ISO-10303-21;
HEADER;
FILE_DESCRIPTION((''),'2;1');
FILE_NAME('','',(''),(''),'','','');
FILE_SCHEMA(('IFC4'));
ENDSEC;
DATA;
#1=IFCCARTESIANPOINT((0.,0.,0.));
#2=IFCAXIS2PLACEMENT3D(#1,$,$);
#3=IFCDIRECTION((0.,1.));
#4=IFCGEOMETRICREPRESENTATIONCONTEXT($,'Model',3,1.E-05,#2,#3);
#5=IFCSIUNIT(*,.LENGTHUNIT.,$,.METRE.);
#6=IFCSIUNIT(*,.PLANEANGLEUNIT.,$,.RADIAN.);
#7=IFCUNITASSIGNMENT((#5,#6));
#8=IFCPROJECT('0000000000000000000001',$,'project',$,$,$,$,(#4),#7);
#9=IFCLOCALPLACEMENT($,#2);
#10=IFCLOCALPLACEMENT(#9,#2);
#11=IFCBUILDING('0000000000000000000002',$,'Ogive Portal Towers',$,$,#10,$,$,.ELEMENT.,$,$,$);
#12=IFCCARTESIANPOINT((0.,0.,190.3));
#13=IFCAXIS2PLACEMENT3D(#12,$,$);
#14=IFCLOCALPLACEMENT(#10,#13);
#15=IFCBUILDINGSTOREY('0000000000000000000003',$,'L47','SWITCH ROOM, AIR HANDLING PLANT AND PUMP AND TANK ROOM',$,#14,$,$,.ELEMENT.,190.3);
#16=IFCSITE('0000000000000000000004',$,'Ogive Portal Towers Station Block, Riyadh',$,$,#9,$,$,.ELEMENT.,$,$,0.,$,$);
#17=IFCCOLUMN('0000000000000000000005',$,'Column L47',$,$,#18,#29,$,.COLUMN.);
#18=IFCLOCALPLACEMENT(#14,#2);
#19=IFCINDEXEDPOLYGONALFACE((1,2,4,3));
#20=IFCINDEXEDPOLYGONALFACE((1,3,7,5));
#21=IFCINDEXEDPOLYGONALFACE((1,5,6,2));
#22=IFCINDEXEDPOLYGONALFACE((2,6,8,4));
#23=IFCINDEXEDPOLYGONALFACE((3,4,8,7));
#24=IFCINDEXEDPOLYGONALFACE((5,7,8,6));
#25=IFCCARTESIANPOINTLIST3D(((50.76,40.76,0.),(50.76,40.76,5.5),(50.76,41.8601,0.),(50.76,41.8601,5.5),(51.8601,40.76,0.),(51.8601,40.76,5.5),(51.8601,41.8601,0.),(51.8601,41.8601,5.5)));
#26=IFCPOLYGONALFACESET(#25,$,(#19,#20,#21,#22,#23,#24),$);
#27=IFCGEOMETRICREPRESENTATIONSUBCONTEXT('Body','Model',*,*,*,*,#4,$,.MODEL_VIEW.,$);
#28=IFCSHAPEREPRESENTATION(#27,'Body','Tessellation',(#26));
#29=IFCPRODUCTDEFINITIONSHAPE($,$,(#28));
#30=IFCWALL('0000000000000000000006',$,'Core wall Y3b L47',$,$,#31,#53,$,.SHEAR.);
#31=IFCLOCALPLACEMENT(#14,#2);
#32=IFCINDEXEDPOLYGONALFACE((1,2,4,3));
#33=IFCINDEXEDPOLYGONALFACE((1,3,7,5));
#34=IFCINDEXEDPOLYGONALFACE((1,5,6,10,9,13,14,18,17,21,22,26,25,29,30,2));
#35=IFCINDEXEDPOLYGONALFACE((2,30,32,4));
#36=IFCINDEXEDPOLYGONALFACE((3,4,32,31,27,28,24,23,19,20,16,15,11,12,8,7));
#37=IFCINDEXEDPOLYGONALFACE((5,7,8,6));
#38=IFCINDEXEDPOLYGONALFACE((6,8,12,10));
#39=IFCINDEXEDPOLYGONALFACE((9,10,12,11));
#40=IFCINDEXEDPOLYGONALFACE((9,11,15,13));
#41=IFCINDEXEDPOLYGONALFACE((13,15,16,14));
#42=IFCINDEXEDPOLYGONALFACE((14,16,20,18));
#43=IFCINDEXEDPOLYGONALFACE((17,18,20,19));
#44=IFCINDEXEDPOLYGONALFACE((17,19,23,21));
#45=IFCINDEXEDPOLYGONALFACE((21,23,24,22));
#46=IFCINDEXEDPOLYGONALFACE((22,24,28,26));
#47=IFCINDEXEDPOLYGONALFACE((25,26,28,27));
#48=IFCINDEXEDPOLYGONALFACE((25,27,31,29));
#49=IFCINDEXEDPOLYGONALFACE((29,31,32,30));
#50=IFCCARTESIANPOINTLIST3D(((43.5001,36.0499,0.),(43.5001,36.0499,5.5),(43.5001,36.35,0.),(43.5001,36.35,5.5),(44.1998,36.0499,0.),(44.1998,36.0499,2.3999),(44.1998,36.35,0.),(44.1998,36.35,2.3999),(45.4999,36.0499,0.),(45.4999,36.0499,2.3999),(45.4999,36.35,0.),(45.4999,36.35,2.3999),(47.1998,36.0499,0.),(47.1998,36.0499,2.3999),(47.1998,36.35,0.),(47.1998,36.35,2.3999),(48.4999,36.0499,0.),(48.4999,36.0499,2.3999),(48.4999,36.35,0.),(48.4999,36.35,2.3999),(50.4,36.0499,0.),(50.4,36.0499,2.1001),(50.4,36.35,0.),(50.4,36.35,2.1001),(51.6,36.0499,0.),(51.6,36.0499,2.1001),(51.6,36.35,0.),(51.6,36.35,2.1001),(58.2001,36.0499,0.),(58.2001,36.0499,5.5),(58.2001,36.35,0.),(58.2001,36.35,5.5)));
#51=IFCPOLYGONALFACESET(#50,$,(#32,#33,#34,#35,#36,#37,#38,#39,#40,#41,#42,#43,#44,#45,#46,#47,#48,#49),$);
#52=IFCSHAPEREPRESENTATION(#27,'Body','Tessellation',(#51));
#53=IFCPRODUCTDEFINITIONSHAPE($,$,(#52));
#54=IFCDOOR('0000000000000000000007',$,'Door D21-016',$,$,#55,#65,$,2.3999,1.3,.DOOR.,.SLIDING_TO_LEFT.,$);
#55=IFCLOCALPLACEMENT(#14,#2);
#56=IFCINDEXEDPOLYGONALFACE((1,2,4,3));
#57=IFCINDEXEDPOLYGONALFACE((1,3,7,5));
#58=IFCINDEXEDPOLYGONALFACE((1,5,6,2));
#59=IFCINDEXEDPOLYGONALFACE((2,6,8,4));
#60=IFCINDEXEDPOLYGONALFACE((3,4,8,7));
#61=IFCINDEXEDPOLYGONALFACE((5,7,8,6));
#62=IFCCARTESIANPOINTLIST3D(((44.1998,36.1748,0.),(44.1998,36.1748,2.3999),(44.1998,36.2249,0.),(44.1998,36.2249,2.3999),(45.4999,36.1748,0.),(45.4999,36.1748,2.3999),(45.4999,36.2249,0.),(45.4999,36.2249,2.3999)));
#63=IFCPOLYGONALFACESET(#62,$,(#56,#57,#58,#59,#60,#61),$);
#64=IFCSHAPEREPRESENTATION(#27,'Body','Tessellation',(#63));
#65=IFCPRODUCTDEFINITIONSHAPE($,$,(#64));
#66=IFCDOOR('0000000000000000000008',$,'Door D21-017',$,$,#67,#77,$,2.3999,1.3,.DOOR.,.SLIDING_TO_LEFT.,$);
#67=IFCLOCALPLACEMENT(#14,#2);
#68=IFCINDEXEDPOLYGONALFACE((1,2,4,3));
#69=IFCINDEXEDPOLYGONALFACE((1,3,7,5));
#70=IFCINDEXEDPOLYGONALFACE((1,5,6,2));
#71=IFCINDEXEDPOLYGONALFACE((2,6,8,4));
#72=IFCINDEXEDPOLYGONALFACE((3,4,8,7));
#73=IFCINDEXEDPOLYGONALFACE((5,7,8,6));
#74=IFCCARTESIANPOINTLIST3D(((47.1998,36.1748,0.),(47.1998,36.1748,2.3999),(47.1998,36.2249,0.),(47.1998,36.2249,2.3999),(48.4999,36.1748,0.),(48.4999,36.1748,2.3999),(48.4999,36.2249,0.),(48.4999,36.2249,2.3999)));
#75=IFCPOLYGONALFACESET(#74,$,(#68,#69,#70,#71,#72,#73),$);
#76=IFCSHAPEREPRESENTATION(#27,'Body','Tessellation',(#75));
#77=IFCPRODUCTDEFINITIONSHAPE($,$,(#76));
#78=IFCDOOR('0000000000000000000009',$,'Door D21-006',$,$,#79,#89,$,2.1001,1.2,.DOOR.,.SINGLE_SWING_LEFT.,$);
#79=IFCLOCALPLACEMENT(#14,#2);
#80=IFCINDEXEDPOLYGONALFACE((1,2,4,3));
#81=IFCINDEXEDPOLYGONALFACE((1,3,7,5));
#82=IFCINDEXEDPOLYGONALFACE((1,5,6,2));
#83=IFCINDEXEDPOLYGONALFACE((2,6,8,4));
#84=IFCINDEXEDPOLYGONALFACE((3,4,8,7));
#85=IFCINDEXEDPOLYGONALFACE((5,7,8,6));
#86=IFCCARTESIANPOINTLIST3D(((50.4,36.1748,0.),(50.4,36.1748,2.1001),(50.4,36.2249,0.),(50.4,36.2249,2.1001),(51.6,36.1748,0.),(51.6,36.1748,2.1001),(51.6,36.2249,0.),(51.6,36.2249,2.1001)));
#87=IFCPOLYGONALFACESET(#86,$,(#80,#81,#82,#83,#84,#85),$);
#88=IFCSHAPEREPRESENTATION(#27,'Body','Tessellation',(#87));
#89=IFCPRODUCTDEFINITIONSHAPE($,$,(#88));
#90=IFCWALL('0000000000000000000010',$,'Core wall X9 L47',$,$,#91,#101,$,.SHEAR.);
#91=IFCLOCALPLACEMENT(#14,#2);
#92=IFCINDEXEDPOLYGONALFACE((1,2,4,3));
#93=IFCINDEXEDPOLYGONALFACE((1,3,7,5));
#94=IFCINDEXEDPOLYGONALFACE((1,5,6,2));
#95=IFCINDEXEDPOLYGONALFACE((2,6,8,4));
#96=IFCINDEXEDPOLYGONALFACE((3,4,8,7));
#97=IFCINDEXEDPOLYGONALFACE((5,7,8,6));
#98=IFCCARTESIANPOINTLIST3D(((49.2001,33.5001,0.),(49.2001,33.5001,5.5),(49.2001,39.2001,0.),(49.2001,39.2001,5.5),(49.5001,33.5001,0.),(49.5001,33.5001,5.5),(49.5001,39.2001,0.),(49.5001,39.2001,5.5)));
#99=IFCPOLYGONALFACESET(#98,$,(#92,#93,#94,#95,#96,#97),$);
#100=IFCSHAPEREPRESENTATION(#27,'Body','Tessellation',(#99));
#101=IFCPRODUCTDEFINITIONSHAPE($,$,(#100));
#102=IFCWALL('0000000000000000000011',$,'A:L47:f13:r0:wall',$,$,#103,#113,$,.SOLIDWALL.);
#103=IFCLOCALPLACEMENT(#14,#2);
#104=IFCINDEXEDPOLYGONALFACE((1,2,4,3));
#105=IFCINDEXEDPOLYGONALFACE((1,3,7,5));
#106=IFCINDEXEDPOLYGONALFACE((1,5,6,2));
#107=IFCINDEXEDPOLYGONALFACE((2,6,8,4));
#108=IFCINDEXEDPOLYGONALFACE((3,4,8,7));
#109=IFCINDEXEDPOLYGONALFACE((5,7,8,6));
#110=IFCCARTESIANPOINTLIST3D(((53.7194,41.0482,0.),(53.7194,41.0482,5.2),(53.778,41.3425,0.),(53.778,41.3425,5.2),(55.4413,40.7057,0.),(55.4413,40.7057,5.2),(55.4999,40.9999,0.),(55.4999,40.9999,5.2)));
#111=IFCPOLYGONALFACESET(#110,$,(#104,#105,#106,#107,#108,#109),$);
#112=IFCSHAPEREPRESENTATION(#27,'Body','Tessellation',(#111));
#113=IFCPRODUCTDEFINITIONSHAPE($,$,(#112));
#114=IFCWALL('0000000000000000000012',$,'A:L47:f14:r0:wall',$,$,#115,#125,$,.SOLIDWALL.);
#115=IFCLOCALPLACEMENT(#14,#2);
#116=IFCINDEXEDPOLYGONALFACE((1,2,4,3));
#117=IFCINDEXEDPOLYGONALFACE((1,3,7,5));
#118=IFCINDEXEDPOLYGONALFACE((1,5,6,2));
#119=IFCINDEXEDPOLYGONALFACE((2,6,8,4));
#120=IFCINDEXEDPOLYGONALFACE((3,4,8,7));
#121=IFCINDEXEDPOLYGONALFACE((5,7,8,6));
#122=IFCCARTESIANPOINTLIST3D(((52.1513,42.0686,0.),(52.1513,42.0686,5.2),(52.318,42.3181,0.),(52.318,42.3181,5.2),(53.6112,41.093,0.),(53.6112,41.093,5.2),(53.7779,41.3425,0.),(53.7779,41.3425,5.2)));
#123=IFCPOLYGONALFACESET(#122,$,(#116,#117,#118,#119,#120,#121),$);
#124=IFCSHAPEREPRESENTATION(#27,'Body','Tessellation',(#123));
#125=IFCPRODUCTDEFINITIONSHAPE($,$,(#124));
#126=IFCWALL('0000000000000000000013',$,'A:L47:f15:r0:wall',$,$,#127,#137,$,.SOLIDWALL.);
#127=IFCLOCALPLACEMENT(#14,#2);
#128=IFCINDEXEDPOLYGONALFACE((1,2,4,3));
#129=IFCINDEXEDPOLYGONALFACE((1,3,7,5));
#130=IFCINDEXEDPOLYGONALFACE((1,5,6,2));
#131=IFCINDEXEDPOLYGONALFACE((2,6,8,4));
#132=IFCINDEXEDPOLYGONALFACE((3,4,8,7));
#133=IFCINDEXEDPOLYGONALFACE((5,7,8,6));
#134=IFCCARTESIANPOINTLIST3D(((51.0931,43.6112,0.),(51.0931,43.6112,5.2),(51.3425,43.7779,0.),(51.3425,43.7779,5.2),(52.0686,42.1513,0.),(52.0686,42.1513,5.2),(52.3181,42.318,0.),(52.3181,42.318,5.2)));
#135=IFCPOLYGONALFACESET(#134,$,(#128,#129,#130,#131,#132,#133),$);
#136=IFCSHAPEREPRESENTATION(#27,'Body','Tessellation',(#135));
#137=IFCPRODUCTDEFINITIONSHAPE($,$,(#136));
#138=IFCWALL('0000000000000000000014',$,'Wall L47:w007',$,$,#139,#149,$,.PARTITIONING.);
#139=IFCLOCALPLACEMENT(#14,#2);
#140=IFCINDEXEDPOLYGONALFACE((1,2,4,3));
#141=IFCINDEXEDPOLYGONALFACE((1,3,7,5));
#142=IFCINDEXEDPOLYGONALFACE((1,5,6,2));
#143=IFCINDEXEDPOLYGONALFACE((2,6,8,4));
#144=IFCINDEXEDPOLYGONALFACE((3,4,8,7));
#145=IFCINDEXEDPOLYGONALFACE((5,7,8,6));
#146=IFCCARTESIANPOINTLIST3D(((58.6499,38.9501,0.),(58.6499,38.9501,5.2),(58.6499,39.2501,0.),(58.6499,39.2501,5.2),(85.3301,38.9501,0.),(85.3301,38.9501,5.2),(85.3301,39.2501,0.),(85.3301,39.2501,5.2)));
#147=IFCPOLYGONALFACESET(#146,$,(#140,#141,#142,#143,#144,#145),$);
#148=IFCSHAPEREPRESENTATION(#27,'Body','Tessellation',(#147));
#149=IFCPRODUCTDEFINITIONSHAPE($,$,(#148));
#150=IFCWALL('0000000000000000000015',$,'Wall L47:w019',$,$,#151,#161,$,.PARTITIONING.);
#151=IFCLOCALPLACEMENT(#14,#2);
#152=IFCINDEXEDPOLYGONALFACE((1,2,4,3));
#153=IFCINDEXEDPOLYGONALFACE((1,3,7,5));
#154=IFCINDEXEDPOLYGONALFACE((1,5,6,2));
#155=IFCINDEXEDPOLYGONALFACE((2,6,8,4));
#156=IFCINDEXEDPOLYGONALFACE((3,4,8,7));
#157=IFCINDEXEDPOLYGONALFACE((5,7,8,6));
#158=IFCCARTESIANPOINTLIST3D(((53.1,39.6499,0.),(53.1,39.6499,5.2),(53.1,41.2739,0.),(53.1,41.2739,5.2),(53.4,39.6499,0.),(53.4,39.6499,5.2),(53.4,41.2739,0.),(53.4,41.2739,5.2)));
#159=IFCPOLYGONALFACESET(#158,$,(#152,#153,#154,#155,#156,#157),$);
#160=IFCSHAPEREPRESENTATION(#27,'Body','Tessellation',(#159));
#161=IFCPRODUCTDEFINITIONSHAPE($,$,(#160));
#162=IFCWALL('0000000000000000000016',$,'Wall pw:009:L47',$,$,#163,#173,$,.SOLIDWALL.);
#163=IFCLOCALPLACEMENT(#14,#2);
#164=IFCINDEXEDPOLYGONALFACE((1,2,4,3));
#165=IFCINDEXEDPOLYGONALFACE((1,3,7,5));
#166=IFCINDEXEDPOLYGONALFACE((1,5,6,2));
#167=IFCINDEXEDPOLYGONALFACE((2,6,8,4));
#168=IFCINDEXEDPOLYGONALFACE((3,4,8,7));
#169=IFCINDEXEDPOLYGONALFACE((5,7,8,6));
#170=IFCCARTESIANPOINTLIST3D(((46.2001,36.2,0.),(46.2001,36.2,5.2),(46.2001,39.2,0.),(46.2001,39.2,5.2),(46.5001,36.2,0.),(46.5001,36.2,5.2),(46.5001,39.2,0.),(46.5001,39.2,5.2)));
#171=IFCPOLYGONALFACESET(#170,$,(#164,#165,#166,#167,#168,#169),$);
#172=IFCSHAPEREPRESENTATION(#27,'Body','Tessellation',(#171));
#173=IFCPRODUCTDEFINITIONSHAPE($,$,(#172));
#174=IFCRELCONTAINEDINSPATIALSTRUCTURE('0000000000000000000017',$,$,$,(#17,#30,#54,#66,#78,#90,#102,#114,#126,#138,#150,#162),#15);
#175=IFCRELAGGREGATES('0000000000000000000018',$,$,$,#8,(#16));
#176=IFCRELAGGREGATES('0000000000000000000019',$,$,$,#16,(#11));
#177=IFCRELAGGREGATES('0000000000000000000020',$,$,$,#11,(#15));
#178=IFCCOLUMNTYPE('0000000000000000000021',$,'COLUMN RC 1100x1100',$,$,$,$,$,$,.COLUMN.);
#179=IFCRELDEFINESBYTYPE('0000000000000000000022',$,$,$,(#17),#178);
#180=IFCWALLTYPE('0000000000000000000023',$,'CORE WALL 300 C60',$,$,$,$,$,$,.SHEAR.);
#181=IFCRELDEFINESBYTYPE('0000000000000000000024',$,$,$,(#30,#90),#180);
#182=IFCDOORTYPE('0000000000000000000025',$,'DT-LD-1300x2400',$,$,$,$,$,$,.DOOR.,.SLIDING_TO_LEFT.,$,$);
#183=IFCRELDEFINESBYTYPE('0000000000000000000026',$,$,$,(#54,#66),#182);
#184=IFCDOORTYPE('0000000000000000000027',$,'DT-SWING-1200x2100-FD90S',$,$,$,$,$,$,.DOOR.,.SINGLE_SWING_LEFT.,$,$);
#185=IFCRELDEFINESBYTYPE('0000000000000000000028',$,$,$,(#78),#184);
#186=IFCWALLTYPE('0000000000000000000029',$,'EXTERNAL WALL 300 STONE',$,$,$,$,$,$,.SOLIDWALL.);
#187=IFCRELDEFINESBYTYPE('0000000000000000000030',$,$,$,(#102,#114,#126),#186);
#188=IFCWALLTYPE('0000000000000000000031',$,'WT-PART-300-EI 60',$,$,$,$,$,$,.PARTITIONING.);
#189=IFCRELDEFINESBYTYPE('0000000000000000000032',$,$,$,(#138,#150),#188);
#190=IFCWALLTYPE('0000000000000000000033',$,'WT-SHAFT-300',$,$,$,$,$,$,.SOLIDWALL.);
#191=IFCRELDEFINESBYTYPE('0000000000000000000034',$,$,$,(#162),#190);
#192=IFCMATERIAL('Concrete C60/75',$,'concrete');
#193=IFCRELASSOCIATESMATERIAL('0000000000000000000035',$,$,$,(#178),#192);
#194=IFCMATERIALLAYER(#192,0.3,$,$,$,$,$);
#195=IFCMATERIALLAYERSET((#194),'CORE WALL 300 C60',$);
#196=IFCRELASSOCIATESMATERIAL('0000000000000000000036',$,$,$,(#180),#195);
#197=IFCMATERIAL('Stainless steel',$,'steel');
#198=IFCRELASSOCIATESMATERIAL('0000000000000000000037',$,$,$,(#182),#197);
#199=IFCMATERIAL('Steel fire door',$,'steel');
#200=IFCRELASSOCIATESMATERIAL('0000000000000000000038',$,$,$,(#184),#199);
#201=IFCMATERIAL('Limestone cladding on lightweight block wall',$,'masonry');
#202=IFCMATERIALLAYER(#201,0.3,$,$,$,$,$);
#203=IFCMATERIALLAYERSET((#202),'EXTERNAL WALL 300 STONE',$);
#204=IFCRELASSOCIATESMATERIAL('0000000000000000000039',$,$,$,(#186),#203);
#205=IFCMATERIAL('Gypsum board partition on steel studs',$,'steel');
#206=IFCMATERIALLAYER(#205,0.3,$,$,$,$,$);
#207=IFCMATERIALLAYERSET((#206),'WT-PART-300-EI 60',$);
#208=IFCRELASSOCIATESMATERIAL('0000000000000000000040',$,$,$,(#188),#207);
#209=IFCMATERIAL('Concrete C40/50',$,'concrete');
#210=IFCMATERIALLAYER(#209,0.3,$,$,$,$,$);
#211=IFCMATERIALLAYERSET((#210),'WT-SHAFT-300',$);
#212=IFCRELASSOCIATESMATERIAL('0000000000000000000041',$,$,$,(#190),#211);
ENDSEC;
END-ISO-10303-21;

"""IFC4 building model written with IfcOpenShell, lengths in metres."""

from ifc_helpers import new_model, si_unit, direction, frame, frame_2d, origin, origin_2d, place, context, subcontext, project, spatial, rectangle, extrude, material, layer, layer_set, material_profile, profile_set, type_object, element, fill, save


model = new_model("IFC4")

# Units and contexts
model_context = context("Model", 3, precision=1e-05, world=origin(), true_north=direction((0.0, 1.0)))
body_context = subcontext(model_context, "Body", "Model", "MODEL_VIEW")
ifc_project = project(units=[si_unit("LENGTHUNIT", "METRE"), si_unit("PLANEANGLEUNIT", "RADIAN")], contexts=[model_context])

# Site, building, storey
site_placement = place(None, origin())
site = spatial("IfcSite", under=ifc_project, at=site_placement, Name="Ogive Portal Towers Station Block, Riyadh", CompositionType="ELEMENT", RefElevation=0.0)
building_placement = place(site_placement, origin())
building = spatial("IfcBuilding", under=site, at=building_placement, Name="Ogive Portal Towers", CompositionType="ELEMENT")
storey_placement = place(building_placement, frame((0.0, 0.0, 190.3)))
storey = spatial("IfcBuildingStorey", under=building, at=storey_placement, Name="L47", Description="SWITCH ROOM, AIR HANDLING PLANT AND PUMP AND TANK ROOM", CompositionType="ELEMENT", Elevation=190.3)

# Column
ifc_material_1 = material(Name="Concrete C60/75", Category="concrete")
ifc_material_profile = material_profile(ifc_material_1, rectangle(XDim=1.1001, YDim=1.1001, at=origin_2d()), Name="RC 1100x1100")
ifc_profile_set = profile_set([ifc_material_profile], Name="Concrete C60/75")
column_type = type_object("IfcColumnType", Name="COLUMN RC 1100x1100", PredefinedType="COLUMN", material=ifc_profile_set)
column_placement = place(storey_placement, frame((51.3101, 41.3101, 0.0), z_axis=(0.0, 0.0, 1.0), x_axis=(1.0, 0.0, 0.0)))
element("IfcColumn", 1, at=column_placement, inside=storey, type_object=column_type, Name="Column L47", PredefinedType="COLUMN", context=body_context, shape_type="SweptSolid", body=[
    extrude(rectangle(XDim=1.1001, YDim=1.1001, at=origin_2d()), origin(), (0.0, 0.0, 1.0), 5.5),
])

# Wall, openings, doors
ifc_layer_1 = layer(ifc_material_1, 0.3)
ifc_layer_set_1 = layer_set([ifc_layer_1], Name="CORE WALL 300 C60")
wall_type_1 = type_object("IfcWallType", Name="CORE WALL 300 C60", PredefinedType="SHEAR", material=ifc_layer_set_1)
wall_1_placement = place(storey_placement, frame((43.5, 36.2, 0.0), z_axis=(0.0, 0.0, 1.0), x_axis=(1.0, 0.0, 0.0)))
wall_1 = element("IfcWall", 2, at=wall_1_placement, inside=storey, type_object=wall_type_1, Name="Core wall Y3b L47", PredefinedType="SHEAR", context=body_context, shape_type="SweptSolid", body=[
    extrude(rectangle(XDim=14.7, YDim=0.3, at=frame_2d((7.3501, 0.0))), origin(), (0.0, 0.0, 1.0), 5.5),
])
opening_1_placement = place(wall_1_placement, frame((6.8999, 0.0, 0.0)))
opening_1 = element("IfcOpeningElement", 3, at=opening_1_placement, cuts=wall_1, PredefinedType="OPENING", context=body_context, shape_type="SweptSolid", body=[
    extrude(rectangle(XDim=1.2, YDim=2.1001, at=frame_2d((0.6001, 1.05))), frame((0.0, 0.1602, 0.0), z_axis=(0.0, -1.0, 0.0), x_axis=(1.0, 0.0, 0.0)), (0.0, 0.0, 1.0), 0.3201),
])
opening_2_placement = place(wall_1_placement, frame((0.7, 0.0, 0.0)))
opening_2 = element("IfcOpeningElement", 4, at=opening_2_placement, cuts=wall_1, PredefinedType="OPENING", context=body_context, shape_type="SweptSolid", body=[
    extrude(rectangle(XDim=1.3, YDim=2.3999, at=frame_2d((0.6499, 1.2))), frame((0.0, 0.1602, 0.0), z_axis=(0.0, -1.0, 0.0), x_axis=(1.0, 0.0, 0.0)), (0.0, 0.0, 1.0), 0.3201),
])
opening_3_placement = place(wall_1_placement, frame((3.7, 0.0, 0.0)))
opening_3 = element("IfcOpeningElement", 5, at=opening_3_placement, cuts=wall_1, PredefinedType="OPENING", context=body_context, shape_type="SweptSolid", body=[
    extrude(rectangle(XDim=1.3, YDim=2.3999, at=frame_2d((0.6499, 1.2))), frame((0.0, 0.1602, 0.0), z_axis=(0.0, -1.0, 0.0), x_axis=(1.0, 0.0, 0.0)), (0.0, 0.0, 1.0), 0.3201),
])
ifc_material_2 = material(Name="Stainless steel", Category="steel")
door_type_1 = type_object("IfcDoorType", Name="DT-LD-1300x2400", OperationType="SLIDING_TO_LEFT", PredefinedType="DOOR", material=ifc_material_2)
door_1_placement = place(opening_2_placement, origin())
door_1 = element("IfcDoor", 6, at=door_1_placement, inside=storey, type_object=door_type_1, Name="Door D21-016", OperationType="SLIDING_TO_LEFT", OverallHeight=2.3999, OverallWidth=1.3, PredefinedType="DOOR", context=body_context, shape_type="SweptSolid", body=[
    extrude(rectangle(XDim=1.3, YDim=2.3999, at=frame_2d((0.6499, 1.2))), frame((0.0, 0.0249, 0.0), z_axis=(0.0, -1.0, 0.0), x_axis=(1.0, 0.0, 0.0)), (0.0, 0.0, 1.0), 0.05),
])
fill(opening_2, door_1)
door_2_placement = place(opening_3_placement, origin())
door_2 = element("IfcDoor", 7, at=door_2_placement, inside=storey, type_object=door_type_1, Name="Door D21-017", OperationType="SLIDING_TO_LEFT", OverallHeight=2.3999, OverallWidth=1.3, PredefinedType="DOOR", context=body_context, shape_type="SweptSolid", body=[
    extrude(rectangle(XDim=1.3, YDim=2.3999, at=frame_2d((0.6499, 1.2))), frame((0.0, 0.0249, 0.0), z_axis=(0.0, -1.0, 0.0), x_axis=(1.0, 0.0, 0.0)), (0.0, 0.0, 1.0), 0.05),
])
fill(opening_3, door_2)
ifc_material_3 = material(Name="Steel fire door", Category="steel")
door_type_2 = type_object("IfcDoorType", Name="DT-SWING-1200x2100-FD90S", OperationType="SINGLE_SWING_LEFT", PredefinedType="DOOR", material=ifc_material_3)
door_3_placement = place(opening_1_placement, origin())
door_3 = element("IfcDoor", 8, at=door_3_placement, inside=storey, type_object=door_type_2, Name="Door D21-006", OperationType="SINGLE_SWING_LEFT", OverallHeight=2.1001, OverallWidth=1.2, PredefinedType="DOOR", context=body_context, shape_type="SweptSolid", body=[
    extrude(rectangle(XDim=1.2, YDim=2.1001, at=frame_2d((0.6001, 1.05))), frame((0.0, 0.0249, 0.0), z_axis=(0.0, -1.0, 0.0), x_axis=(1.0, 0.0, 0.0)), (0.0, 0.0, 1.0), 0.05),
])
fill(opening_1, door_3)

# Wall
wall_2_placement = place(storey_placement, frame((49.3501, 33.5, 0.0), z_axis=(0.0, 0.0, 1.0), x_axis=(0.0, 1.0, 0.0)))
element("IfcWall", 9, at=wall_2_placement, inside=storey, type_object=wall_type_1, Name="Core wall X9 L47", PredefinedType="SHEAR", context=body_context, shape_type="SweptSolid", body=[
    extrude(rectangle(XDim=5.7, YDim=0.3, at=frame_2d((2.8501, 0.0))), origin(), (0.0, 0.0, 1.0), 5.5),
])

# Walls
ifc_material_4 = material(Name="Limestone cladding on lightweight block wall", Category="masonry")
ifc_layer_2 = layer(ifc_material_4, 0.3)
ifc_layer_set_2 = layer_set([ifc_layer_2], Name="EXTERNAL WALL 300 STONE")
wall_type_2 = type_object("IfcWallType", Name="EXTERNAL WALL 300 STONE", PredefinedType="SOLIDWALL", material=ifc_layer_set_2)
wall_3_placement = place(storey_placement, frame((55.4707, 40.8528, 0.0), z_axis=(0.0, 0.0, 1.0), x_axis=(-0.980783, 0.1951, 0.0)))
element("IfcWall", 10, at=wall_3_placement, inside=storey, type_object=wall_type_2, Name="A:L47:f13:r0:wall", PredefinedType="SOLIDWALL", context=body_context, shape_type="SweptSolid", body=[
    extrude(rectangle(XDim=1.7556, YDim=0.3, at=frame_2d((0.8779, 0.0))), origin(), (0.0, 0.0, 1.0), 5.2),
])
for number, where, z_axis, x_axis, name in (
    (11, (53.6946, 41.2178, 0.0), (0.0, 0.0, 1.0), (-0.831451, 0.555598, 0.0), "A:L47:f14:r0:wall"),
    (12, (52.1934, 42.2346, 0.0), (0.0, 0.0, 1.0), (-0.555598, 0.831451, 0.0), "A:L47:f15:r0:wall"),
):
    element("IfcWall", number, at=place(storey_placement, frame(where, z_axis=z_axis, x_axis=x_axis)), inside=storey, type_object=wall_type_2, Name=name, PredefinedType="SOLIDWALL", context=body_context, shape_type="SweptSolid", body=[
        extrude(rectangle(XDim=1.7559, YDim=0.3, at=frame_2d((0.8779, 0.0))), origin(), (0.0, 0.0, 1.0), 5.2),
    ])
ifc_material_5 = material(Name="Gypsum board partition on steel studs", Category="steel")
ifc_layer_3 = layer(ifc_material_5, 0.3)
ifc_layer_set_3 = layer_set([ifc_layer_3], Name="WT-PART-300-EI 60")
wall_type_3 = type_object("IfcWallType", Name="WT-PART-300-EI 60", PredefinedType="PARTITIONING", material=ifc_layer_set_3)
wall_4_placement = place(storey_placement, frame((58.6499, 39.1001, 0.0), z_axis=(0.0, 0.0, 1.0), x_axis=(1.0, 0.0, 0.0)))
element("IfcWall", 13, at=wall_4_placement, inside=storey, type_object=wall_type_3, Name="Wall L47:w007", PredefinedType="PARTITIONING", context=body_context, shape_type="SweptSolid", body=[
    extrude(rectangle(XDim=26.6802, YDim=0.3, at=frame_2d((13.3401, 0.0))), origin(), (0.0, 0.0, 1.0), 5.2),
])
wall_5_placement = place(storey_placement, frame((53.25, 39.6499, 0.0), z_axis=(0.0, 0.0, 1.0), x_axis=(0.0, 1.0, 0.0)))
element("IfcWall", 14, at=wall_5_placement, inside=storey, type_object=wall_type_3, Name="Wall L47:w019", PredefinedType="PARTITIONING", context=body_context, shape_type="SweptSolid", body=[
    extrude(rectangle(XDim=1.624, YDim=0.3, at=frame_2d((0.812, 0.0))), origin(), (0.0, 0.0, 1.0), 5.2),
])
ifc_material_6 = material(Name="Concrete C40/50", Category="concrete")
ifc_layer_4 = layer(ifc_material_6, 0.3)
ifc_layer_set_4 = layer_set([ifc_layer_4], Name="WT-SHAFT-300")
wall_type_4 = type_object("IfcWallType", Name="WT-SHAFT-300", PredefinedType="SOLIDWALL", material=ifc_layer_set_4)
wall_6_placement = place(storey_placement, frame((46.3501, 36.2, 0.0), z_axis=(0.0, 0.0, 1.0), x_axis=(0.0, 1.0, 0.0)))
element("IfcWall", 15, at=wall_6_placement, inside=storey, type_object=wall_type_4, Name="Wall pw:009:L47", PredefinedType="SOLIDWALL", context=body_context, shape_type="SweptSolid", body=[
    extrude(rectangle(XDim=3.0, YDim=0.3, at=frame_2d((1.5, 0.0))), origin(), (0.0, 0.0, 1.0), 5.2),
])

save(model, "model.ifc")
